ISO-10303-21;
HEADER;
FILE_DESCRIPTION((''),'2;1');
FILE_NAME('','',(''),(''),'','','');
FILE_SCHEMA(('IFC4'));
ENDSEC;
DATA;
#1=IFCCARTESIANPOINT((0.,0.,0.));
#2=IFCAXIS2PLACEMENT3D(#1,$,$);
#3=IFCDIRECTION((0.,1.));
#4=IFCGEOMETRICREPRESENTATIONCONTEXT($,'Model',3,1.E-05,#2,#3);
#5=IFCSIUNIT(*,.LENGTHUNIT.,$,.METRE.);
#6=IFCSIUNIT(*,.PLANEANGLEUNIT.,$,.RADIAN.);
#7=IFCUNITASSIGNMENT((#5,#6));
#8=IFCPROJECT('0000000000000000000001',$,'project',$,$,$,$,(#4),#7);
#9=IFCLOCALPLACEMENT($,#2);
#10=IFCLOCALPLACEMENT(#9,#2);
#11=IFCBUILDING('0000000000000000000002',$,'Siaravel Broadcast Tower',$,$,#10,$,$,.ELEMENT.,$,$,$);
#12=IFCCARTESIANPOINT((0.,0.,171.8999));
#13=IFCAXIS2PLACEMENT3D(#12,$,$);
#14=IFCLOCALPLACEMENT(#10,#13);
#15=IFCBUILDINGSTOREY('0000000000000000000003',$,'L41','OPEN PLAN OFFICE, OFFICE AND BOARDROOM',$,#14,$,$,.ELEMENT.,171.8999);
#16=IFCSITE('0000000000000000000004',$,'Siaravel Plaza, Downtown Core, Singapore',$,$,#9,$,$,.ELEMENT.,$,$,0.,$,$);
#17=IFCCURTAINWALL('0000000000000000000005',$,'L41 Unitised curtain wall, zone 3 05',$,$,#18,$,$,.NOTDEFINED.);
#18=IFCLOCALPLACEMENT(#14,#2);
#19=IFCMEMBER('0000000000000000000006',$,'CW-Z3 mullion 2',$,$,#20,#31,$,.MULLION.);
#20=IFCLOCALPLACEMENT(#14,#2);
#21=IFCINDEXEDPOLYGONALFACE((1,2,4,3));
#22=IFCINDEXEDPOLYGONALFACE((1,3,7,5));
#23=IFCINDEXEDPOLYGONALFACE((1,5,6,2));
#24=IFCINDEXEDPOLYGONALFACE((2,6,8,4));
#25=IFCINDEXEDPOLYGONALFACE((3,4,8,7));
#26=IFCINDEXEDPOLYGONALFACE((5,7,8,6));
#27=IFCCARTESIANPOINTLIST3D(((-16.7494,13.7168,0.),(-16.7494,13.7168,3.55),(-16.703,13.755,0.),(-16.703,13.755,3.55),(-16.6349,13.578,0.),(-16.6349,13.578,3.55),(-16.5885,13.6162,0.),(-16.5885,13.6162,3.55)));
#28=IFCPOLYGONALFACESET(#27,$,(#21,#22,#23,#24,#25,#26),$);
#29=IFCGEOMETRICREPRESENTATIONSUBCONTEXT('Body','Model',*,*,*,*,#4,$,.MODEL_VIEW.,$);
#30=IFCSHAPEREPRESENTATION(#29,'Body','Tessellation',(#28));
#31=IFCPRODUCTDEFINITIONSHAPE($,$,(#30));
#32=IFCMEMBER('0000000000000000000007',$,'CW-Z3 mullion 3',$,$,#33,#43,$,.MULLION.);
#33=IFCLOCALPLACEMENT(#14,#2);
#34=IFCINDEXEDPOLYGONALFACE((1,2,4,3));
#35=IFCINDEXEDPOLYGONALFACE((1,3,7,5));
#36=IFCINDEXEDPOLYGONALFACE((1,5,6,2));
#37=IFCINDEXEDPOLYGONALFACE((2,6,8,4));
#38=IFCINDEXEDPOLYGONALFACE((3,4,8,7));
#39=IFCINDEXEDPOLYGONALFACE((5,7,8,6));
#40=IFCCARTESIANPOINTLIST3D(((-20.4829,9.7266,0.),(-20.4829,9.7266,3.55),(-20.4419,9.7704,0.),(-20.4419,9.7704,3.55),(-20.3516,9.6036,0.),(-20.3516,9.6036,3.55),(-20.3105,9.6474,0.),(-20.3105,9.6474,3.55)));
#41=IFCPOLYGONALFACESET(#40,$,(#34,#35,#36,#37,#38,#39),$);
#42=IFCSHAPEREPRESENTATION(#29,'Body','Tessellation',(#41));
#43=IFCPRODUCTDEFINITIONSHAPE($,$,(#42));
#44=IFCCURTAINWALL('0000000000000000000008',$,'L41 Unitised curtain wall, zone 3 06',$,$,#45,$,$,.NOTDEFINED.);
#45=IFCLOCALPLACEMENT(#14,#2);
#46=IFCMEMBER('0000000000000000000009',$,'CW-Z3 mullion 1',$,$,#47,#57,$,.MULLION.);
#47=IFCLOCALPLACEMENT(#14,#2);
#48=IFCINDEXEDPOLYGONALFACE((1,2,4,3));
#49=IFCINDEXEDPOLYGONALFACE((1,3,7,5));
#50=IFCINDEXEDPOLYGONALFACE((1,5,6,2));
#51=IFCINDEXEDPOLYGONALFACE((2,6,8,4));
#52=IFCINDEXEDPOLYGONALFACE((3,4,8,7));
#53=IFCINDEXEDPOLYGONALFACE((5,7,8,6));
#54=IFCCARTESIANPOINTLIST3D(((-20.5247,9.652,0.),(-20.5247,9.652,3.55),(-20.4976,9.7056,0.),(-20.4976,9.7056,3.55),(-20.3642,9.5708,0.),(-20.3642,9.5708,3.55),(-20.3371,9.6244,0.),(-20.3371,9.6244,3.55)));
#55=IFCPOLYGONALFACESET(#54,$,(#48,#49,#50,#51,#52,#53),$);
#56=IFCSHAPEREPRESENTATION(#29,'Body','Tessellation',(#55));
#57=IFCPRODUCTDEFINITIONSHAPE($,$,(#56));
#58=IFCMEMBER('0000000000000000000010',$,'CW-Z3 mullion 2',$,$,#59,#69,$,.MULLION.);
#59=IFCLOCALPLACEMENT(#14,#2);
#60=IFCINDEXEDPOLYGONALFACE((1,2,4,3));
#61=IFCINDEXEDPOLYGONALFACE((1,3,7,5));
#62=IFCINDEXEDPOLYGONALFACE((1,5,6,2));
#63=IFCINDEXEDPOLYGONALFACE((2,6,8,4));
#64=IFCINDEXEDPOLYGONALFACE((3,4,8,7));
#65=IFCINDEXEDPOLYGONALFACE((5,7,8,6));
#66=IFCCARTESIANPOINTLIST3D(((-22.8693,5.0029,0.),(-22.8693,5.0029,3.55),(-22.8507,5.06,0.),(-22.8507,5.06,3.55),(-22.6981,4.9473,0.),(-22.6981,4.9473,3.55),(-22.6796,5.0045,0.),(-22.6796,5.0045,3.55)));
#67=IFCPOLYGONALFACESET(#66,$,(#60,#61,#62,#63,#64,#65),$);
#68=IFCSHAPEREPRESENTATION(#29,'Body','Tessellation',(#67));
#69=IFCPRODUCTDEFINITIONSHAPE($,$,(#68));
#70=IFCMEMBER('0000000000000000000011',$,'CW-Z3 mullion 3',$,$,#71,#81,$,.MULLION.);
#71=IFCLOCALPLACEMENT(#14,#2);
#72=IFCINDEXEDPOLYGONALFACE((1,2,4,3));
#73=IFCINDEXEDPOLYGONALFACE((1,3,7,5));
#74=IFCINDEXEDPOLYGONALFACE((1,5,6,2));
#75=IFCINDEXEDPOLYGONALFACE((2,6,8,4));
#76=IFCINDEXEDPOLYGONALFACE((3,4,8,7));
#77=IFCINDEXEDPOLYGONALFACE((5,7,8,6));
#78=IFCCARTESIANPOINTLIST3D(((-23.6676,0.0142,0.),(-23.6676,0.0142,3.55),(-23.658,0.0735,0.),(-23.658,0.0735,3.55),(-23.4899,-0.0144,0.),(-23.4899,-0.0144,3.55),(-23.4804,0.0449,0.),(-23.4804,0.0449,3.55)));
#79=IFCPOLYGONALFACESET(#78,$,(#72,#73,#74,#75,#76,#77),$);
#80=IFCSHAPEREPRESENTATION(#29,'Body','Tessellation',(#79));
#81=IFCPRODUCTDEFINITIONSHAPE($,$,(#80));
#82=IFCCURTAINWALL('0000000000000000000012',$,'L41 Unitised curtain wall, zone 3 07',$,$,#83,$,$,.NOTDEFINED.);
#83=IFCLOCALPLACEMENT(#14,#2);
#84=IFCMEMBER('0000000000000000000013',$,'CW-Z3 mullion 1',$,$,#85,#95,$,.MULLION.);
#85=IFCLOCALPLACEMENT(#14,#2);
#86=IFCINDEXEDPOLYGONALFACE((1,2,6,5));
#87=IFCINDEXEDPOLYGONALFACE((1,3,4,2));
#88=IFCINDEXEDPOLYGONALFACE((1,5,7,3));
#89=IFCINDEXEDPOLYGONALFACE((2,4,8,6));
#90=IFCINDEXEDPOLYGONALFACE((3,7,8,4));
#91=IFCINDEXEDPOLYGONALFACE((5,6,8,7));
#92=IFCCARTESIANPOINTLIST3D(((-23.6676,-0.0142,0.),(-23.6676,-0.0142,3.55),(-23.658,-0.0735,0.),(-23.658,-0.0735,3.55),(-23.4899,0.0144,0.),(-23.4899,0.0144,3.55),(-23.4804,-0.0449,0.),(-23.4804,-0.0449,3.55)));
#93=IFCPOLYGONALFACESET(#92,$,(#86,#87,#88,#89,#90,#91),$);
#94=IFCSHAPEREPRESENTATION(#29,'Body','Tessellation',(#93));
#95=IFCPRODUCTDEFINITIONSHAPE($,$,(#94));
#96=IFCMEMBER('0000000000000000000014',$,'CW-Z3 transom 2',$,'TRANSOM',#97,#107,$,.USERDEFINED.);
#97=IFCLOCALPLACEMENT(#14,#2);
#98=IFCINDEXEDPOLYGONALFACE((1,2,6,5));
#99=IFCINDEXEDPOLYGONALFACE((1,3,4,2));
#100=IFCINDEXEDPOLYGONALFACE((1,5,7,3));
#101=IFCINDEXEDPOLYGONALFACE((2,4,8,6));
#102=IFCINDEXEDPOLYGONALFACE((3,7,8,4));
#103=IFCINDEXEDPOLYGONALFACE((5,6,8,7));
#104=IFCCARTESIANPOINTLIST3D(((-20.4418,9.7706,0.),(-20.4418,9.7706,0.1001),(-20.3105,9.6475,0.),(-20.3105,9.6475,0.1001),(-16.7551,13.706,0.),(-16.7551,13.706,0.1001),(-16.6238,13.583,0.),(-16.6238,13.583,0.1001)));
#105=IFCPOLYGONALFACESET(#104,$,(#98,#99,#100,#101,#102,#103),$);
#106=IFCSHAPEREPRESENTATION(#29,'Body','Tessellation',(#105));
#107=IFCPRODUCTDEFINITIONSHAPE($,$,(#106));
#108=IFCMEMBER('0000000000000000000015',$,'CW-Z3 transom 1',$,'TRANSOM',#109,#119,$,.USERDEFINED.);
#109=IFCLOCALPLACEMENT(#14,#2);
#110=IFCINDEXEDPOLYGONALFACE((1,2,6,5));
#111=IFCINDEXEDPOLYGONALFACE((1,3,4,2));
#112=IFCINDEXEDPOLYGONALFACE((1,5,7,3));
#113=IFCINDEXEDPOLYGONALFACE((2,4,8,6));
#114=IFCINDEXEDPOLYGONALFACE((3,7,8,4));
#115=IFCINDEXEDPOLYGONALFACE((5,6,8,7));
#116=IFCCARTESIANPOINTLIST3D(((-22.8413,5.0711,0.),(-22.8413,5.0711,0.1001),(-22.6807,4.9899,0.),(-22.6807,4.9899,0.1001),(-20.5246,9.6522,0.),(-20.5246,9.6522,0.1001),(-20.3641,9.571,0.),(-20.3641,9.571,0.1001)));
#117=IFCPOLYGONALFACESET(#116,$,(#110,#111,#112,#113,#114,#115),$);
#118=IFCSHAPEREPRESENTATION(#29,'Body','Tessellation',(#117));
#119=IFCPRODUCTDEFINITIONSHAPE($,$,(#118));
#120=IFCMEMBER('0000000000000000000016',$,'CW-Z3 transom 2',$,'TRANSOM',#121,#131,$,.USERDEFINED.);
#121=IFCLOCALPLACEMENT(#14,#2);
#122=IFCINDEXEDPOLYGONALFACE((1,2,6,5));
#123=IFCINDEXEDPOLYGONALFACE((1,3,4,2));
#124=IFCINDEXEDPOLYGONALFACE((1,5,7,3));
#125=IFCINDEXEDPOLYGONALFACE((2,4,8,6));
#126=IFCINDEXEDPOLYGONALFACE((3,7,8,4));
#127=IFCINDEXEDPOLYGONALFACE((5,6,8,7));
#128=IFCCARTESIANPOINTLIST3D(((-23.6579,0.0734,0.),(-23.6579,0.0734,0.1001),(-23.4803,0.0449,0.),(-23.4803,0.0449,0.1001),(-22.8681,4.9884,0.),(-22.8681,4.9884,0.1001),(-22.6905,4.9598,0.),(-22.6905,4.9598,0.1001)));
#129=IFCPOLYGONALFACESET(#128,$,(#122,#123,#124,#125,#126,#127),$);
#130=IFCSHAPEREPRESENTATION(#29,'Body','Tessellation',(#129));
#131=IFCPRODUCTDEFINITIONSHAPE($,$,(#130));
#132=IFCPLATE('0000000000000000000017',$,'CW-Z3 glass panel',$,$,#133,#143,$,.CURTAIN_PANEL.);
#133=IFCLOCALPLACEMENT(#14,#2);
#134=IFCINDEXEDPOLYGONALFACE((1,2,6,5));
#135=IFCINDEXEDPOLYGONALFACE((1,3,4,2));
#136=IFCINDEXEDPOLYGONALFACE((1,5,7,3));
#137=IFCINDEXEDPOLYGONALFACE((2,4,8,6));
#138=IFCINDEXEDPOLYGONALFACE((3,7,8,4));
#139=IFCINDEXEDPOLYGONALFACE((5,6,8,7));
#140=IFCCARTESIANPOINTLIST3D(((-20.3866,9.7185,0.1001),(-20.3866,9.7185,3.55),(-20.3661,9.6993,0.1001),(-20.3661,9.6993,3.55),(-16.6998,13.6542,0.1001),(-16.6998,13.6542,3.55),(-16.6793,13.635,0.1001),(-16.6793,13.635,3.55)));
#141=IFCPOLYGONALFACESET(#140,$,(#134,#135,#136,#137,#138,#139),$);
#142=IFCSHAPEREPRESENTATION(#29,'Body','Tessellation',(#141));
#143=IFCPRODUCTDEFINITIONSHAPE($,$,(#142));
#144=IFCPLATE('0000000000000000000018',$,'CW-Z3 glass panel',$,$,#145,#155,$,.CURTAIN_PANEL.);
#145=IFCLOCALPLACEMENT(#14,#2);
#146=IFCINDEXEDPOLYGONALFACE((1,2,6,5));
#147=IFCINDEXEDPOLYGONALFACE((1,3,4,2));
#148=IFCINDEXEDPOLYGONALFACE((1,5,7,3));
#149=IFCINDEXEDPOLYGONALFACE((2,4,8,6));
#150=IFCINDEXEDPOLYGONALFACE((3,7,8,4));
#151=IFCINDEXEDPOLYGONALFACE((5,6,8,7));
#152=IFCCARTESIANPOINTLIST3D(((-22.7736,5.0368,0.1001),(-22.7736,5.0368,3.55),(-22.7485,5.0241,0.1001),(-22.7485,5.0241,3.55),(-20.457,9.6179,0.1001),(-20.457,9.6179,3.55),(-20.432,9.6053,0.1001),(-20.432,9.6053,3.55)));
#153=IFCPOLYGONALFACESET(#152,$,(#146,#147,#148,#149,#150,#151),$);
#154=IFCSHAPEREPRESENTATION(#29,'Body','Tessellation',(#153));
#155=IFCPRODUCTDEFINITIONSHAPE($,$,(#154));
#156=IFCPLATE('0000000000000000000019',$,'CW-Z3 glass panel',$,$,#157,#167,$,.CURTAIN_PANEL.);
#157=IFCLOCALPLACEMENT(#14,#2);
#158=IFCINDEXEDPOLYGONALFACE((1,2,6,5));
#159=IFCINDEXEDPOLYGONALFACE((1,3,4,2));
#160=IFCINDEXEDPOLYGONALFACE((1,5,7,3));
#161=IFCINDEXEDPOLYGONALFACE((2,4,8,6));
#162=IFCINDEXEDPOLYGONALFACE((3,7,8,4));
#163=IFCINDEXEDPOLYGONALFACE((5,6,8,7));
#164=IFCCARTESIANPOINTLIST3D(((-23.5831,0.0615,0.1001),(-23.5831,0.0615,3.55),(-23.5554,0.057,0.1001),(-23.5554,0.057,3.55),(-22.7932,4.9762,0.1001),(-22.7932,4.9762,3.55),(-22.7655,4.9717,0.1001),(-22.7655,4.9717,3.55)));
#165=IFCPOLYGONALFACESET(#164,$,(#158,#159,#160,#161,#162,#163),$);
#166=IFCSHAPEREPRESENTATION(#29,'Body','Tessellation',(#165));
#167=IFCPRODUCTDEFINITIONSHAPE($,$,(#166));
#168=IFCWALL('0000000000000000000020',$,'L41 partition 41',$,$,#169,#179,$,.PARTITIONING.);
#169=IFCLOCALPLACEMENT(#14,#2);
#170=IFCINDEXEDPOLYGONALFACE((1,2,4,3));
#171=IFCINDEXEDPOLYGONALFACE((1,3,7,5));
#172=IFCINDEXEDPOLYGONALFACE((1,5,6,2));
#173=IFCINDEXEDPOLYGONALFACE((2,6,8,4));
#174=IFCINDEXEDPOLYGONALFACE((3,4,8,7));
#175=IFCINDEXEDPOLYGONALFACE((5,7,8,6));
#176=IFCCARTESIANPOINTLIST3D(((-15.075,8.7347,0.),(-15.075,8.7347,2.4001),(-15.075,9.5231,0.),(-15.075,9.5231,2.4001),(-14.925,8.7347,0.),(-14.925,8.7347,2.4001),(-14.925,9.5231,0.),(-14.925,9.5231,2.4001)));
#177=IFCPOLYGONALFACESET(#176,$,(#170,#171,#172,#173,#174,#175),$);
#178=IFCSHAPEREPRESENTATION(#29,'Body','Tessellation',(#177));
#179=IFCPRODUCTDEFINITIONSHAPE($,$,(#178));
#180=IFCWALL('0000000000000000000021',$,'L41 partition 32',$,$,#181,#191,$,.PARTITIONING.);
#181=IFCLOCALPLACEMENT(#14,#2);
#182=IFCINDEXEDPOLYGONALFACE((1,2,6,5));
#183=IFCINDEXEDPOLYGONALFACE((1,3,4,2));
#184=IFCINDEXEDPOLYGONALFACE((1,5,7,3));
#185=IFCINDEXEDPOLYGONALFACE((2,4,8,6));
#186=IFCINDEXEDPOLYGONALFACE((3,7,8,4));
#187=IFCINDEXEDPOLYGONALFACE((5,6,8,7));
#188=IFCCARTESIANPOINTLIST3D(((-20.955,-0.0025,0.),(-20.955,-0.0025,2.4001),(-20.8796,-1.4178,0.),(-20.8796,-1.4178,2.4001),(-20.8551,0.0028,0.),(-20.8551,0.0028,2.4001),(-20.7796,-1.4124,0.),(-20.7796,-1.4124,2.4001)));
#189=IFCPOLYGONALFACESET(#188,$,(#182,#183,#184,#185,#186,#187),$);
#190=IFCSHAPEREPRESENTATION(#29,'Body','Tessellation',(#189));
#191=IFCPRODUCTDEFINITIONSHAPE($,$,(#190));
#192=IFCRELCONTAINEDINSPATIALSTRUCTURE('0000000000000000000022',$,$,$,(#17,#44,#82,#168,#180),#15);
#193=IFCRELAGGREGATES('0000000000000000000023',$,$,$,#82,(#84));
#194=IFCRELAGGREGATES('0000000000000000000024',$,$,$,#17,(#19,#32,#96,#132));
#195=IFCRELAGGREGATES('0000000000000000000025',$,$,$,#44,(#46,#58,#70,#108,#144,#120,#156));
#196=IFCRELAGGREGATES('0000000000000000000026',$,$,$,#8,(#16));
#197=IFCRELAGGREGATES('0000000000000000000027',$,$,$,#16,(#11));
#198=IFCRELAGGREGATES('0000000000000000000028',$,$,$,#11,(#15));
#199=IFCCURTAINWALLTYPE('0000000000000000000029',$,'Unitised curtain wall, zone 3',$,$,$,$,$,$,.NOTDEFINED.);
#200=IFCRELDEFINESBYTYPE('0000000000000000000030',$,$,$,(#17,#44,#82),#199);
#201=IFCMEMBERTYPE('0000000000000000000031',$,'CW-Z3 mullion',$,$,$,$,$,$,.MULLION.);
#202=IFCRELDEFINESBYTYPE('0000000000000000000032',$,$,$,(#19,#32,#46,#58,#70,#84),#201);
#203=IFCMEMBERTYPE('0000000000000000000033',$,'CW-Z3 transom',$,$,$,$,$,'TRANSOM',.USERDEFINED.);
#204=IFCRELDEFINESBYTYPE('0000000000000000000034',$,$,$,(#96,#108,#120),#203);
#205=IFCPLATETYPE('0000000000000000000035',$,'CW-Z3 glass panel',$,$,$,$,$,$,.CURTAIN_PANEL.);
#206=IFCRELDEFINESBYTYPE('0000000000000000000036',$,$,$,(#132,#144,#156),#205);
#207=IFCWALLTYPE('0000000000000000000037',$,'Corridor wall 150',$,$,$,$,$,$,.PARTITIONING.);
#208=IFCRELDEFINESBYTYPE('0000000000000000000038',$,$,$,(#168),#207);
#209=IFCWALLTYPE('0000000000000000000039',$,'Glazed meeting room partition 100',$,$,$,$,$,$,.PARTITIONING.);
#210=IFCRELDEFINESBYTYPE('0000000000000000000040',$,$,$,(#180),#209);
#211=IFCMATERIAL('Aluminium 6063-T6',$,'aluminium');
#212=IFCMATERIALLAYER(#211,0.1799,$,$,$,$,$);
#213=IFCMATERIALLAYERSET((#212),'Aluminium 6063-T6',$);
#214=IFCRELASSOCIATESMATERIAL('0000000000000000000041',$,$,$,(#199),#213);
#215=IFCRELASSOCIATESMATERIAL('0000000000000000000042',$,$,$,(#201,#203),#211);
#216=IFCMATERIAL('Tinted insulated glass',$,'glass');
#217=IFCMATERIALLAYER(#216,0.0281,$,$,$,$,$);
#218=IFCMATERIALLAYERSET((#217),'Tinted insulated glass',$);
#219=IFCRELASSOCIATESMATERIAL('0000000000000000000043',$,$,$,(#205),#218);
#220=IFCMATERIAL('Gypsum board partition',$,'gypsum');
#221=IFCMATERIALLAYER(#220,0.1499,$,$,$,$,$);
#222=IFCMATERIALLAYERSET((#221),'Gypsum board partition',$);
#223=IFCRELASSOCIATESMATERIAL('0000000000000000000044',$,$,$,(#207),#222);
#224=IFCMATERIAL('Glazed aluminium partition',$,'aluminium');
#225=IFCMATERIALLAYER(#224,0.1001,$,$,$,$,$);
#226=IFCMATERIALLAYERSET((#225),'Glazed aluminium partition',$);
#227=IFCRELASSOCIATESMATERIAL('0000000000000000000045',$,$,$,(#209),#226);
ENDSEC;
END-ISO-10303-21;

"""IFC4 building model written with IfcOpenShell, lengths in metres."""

from ifc_helpers import new_model, si_unit, direction, frame, frame_2d, origin, origin_2d, place, context, subcontext, project, spatial, rectangle, extrude, material, layer, layer_set, material_profile, profile_set, type_object, element, aggregate, save


model = new_model("IFC4")

# Units and contexts
model_context = context("Model", 3, precision=1e-05, world=origin(), true_north=direction((0.0, 1.0)))
body_context = subcontext(model_context, "Body", "Model", "MODEL_VIEW")
ifc_project = project(units=[si_unit("LENGTHUNIT", "METRE"), si_unit("PLANEANGLEUNIT", "RADIAN")], contexts=[model_context])

# Site, building, storey
site_placement = place(None, origin())
site = spatial("IfcSite", under=ifc_project, at=site_placement, Name="Siaravel Plaza, Downtown Core, Singapore", CompositionType="ELEMENT", RefElevation=0.0)
building_placement = place(site_placement, origin())
building = spatial("IfcBuilding", under=site, at=building_placement, Name="Siaravel Broadcast Tower", CompositionType="ELEMENT")
storey_placement = place(building_placement, frame((0.0, 0.0, 171.8999)))
storey = spatial("IfcBuildingStorey", under=building, at=storey_placement, Name="L41", Description="OPEN PLAN OFFICE, OFFICE AND BOARDROOM", CompositionType="ELEMENT", Elevation=171.8999)

# Curtain walls, members
ifc_material_1 = material(Name="Aluminium 6063-T6", Category="aluminium")
ifc_layer_1 = layer(ifc_material_1, 0.1799)
ifc_layer_set_1 = layer_set([ifc_layer_1], Name="Aluminium 6063-T6")
curtain_wall_type = type_object("IfcCurtainWallType", Name="Unitised curtain wall, zone 3", PredefinedType="NOTDEFINED", material=ifc_layer_set_1)
curtain_wall_1_placement = place(storey_placement, origin())
curtain_wall_1 = element("IfcCurtainWall", 1, at=curtain_wall_1_placement, inside=storey, type_object=curtain_wall_type, Name="L41 Unitised curtain wall, zone 3 05", PredefinedType="NOTDEFINED")
ifc_material_profile_1 = material_profile(ifc_material_1, rectangle(XDim=0.1799, YDim=0.0601, at=origin_2d()))
ifc_profile_set_1 = profile_set([ifc_material_profile_1], Name="Aluminium 6063-T6")
member_type_1 = type_object("IfcMemberType", Name="CW-Z3 mullion", PredefinedType="MULLION", material=ifc_profile_set_1)
member_1_placement = place(storey_placement, frame((-16.6689, 13.6665, 0.0), z_axis=(0.0, 0.0, 1.0), x_axis=(0.636218, -0.771509, 0.0)))
member_1 = element("IfcMember", 2, at=member_1_placement, type_object=member_type_1, Name="CW-Z3 mullion 2", PredefinedType="MULLION", context=body_context, shape_type="SweptSolid", body=[
    extrude(rectangle(XDim=0.1799, YDim=0.0601, at=origin_2d()), origin(), (0.0, 0.0, 1.0), 3.55),
])
member_2_placement = place(storey_placement, frame((-20.3967, 9.687, 0.0), z_axis=(0.0, 0.0, 1.0), x_axis=(0.729805, -0.683655, 0.0)))
member_2 = element("IfcMember", 3, at=member_2_placement, type_object=member_type_1, Name="CW-Z3 mullion 3", PredefinedType="MULLION", context=body_context, shape_type="SweptSolid", body=[
    extrude(rectangle(XDim=0.1799, YDim=0.0601, at=origin_2d()), origin(), (0.0, 0.0, 1.0), 3.55),
])
curtain_wall_2_placement = place(storey_placement, origin())
curtain_wall_2 = element("IfcCurtainWall", 4, at=curtain_wall_2_placement, inside=storey, type_object=curtain_wall_type, Name="L41 Unitised curtain wall, zone 3 06", PredefinedType="NOTDEFINED")
member_3_placement = place(storey_placement, frame((-20.4309, 9.6382, 0.0), z_axis=(0.0, 0.0, 1.0), x_axis=(0.892392, -0.451261, 0.0)))
member_3 = element("IfcMember", 5, at=member_3_placement, type_object=member_type_1, Name="CW-Z3 mullion 1", PredefinedType="MULLION", context=body_context, shape_type="SweptSolid", body=[
    extrude(rectangle(XDim=0.1799, YDim=0.0601, at=origin_2d()), origin(), (0.0, 0.0, 1.0), 3.55),
])
member_4_placement = place(storey_placement, frame((-22.7744, 5.0037, 0.0), z_axis=(0.0, 0.0, 1.0), x_axis=(0.951177, -0.308646, 0.0)))
member_4 = element("IfcMember", 6, at=member_4_placement, type_object=member_type_1, Name="CW-Z3 mullion 2", PredefinedType="MULLION", context=body_context, shape_type="SweptSolid", body=[
    extrude(rectangle(XDim=0.1799, YDim=0.0601, at=origin_2d()), origin(), (0.0, 0.0, 1.0), 3.55),
])
member_5_placement = place(storey_placement, frame((-23.574, 0.0295, 0.0), z_axis=(0.0, 0.0, 1.0), x_axis=(0.987329, -0.158686, 0.0)))
member_5 = element("IfcMember", 7, at=member_5_placement, type_object=member_type_1, Name="CW-Z3 mullion 3", PredefinedType="MULLION", context=body_context, shape_type="SweptSolid", body=[
    extrude(rectangle(XDim=0.1799, YDim=0.0601, at=origin_2d()), origin(), (0.0, 0.0, 1.0), 3.55),
])

# Curtain wall, member
curtain_wall_3_placement = place(storey_placement, origin())
curtain_wall_3 = element("IfcCurtainWall", 8, at=curtain_wall_3_placement, inside=storey, type_object=curtain_wall_type, Name="L41 Unitised curtain wall, zone 3 07", PredefinedType="NOTDEFINED")
member_6_placement = place(storey_placement, frame((-23.574, -0.0295, 0.0), z_axis=(0.0, 0.0, 1.0), x_axis=(0.987329, 0.158686, 0.0)))
member_6 = element("IfcMember", 9, at=member_6_placement, type_object=member_type_1, Name="CW-Z3 mullion 1", PredefinedType="MULLION", context=body_context, shape_type="SweptSolid", body=[
    extrude(rectangle(XDim=0.1799, YDim=0.0601, at=origin_2d()), origin(), (0.0, 0.0, 1.0), 3.55),
])
aggregate(curtain_wall_3, [member_6])

# Members
ifc_material_profile_2 = material_profile(ifc_material_1, rectangle(XDim=0.1799, YDim=0.1001, at=origin_2d()))
ifc_profile_set_2 = profile_set([ifc_material_profile_2], Name="Aluminium 6063-T6")
member_type_2 = type_object("IfcMemberType", Name="CW-Z3 transom", ElementType="TRANSOM", PredefinedType="USERDEFINED", material=ifc_profile_set_2)
member_7_placement = place(storey_placement, frame((-16.6895, 13.6445, 0.05), z_axis=(-0.683664, -0.729797, 0.0), x_axis=(0.729797, -0.683664, 0.0)))
member_7 = element("IfcMember", 10, at=member_7_placement, type_object=member_type_2, Name="CW-Z3 transom 2", ObjectType="TRANSOM", PredefinedType="USERDEFINED", context=body_context, shape_type="SweptSolid", body=[
    extrude(rectangle(XDim=0.1799, YDim=0.1001, at=origin_2d()), origin(), (0.0, 0.0, 1.0), 5.3926),
])
member_8_placement = place(storey_placement, frame((-20.4443, 9.6116, 0.05), z_axis=(-0.45128, -0.892382, 0.0), x_axis=(0.892382, -0.45128, 0.0)))
member_8 = element("IfcMember", 11, at=member_8_placement, type_object=member_type_2, Name="CW-Z3 transom 1", ObjectType="TRANSOM", PredefinedType="USERDEFINED", context=body_context, shape_type="SweptSolid", body=[
    extrude(rectangle(XDim=0.1799, YDim=0.1001, at=origin_2d()), origin(), (0.0, 0.0, 1.0), 5.1335),
])
member_9_placement = place(storey_placement, frame((-22.7793, 4.9741, 0.05), z_axis=(-0.158654, -0.987334, 0.0), x_axis=(0.987334, -0.158654, 0.0)))
member_9 = element("IfcMember", 12, at=member_9_placement, type_object=member_type_2, Name="CW-Z3 transom 2", ObjectType="TRANSOM", PredefinedType="USERDEFINED", context=body_context, shape_type="SweptSolid", body=[
    extrude(rectangle(XDim=0.1799, YDim=0.1001, at=origin_2d()), origin(), (0.0, 0.0, 1.0), 4.978),
])

# Plates
ifc_material_2 = material(Name="Tinted insulated glass", Category="glass")
ifc_layer_2 = layer(ifc_material_2, 0.0281)
ifc_layer_set_2 = layer_set([ifc_layer_2], Name="Tinted insulated glass")
plate_type = type_object("IfcPlateType", Name="CW-Z3 glass panel", PredefinedType="CURTAIN_PANEL", material=ifc_layer_set_2)
plate_1_placement = place(storey_placement, frame((-18.533, 11.6768, 0.1001), z_axis=(0.0, 0.0, 1.0), x_axis=(-0.683655, -0.729805, 0.0)))
plate_1 = element("IfcPlate", 13, at=plate_1_placement, type_object=plate_type, Name="CW-Z3 glass panel", PredefinedType="CURTAIN_PANEL", context=body_context, shape_type="SweptSolid", body=[
    extrude(rectangle(XDim=5.3928, YDim=0.0281, at=origin_2d()), origin(), (0.0, 0.0, 1.0), 3.45),
])
aggregate(curtain_wall_1, [member_1, member_2, member_7, plate_1])
plate_2_placement = place(storey_placement, frame((-21.6028, 7.321, 0.1001), z_axis=(0.0, 0.0, 1.0), x_axis=(-0.451261, -0.892392, 0.0)))
plate_2 = element("IfcPlate", 14, at=plate_2_placement, type_object=plate_type, Name="CW-Z3 glass panel", PredefinedType="CURTAIN_PANEL", context=body_context, shape_type="SweptSolid", body=[
    extrude(rectangle(XDim=5.1335, YDim=0.0281, at=origin_2d()), origin(), (0.0, 0.0, 1.0), 3.45),
])
plate_3_placement = place(storey_placement, frame((-23.1743, 2.5166, 0.1001), z_axis=(0.0, 0.0, 1.0), x_axis=(-0.158686, -0.987329, 0.0)))
plate_3 = element("IfcPlate", 15, at=plate_3_placement, type_object=plate_type, Name="CW-Z3 glass panel", PredefinedType="CURTAIN_PANEL", context=body_context, shape_type="SweptSolid", body=[
    extrude(rectangle(XDim=4.9778, YDim=0.0281, at=origin_2d()), origin(), (0.0, 0.0, 1.0), 3.45),
])
aggregate(curtain_wall_2, [member_3, member_4, member_5, member_8, plate_2, member_9, plate_3])

# Wall
ifc_material_3 = material(Name="Gypsum board partition", Category="gypsum")
ifc_layer_3 = layer(ifc_material_3, 0.1499)
ifc_layer_set_3 = layer_set([ifc_layer_3], Name="Gypsum board partition")
wall_type_1 = type_object("IfcWallType", Name="Corridor wall 150", PredefinedType="PARTITIONING", material=ifc_layer_set_3)
wall_1_placement = place(storey_placement, frame((-15.0, 9.5229, 0.0), z_axis=(0.0, 0.0, 1.0), x_axis=(0.0, -1.0, 0.0)))
element("IfcWall", 16, at=wall_1_placement, inside=storey, type_object=wall_type_1, Name="L41 partition 41", PredefinedType="PARTITIONING", context=body_context, shape_type="SweptSolid", body=[
    extrude(rectangle(XDim=0.7883, YDim=0.1499, at=frame_2d((0.394, 0.0))), origin(), (0.0, 0.0, 1.0), 2.4001),
])

# Shared definitions
ifc_material_4 = material(Name="Glazed aluminium partition", Category="aluminium")
ifc_layer_4 = layer(ifc_material_4, 0.1001)
ifc_layer_set_4 = layer_set([ifc_layer_4], Name="Glazed aluminium partition")
wall_type_2 = type_object("IfcWallType", Name="Glazed meeting room partition 100", PredefinedType="PARTITIONING", material=ifc_layer_set_4)

# Wall
wall_2_placement = place(storey_placement, frame((-20.905, 0.0, 0.0), z_axis=(0.0, 0.0, 1.0), x_axis=(0.053228, -0.998582, 0.0)))
element("IfcWall", 17, at=wall_2_placement, inside=storey, type_object=wall_type_2, Name="L41 partition 32", PredefinedType="PARTITIONING", context=body_context, shape_type="SweptSolid", body=[
    extrude(rectangle(XDim=1.4172, YDim=0.1001, at=frame_2d((0.7085, 0.0))), origin(), (0.0, 0.0, 1.0), 2.4001),
])

save(model, "model.ifc")
